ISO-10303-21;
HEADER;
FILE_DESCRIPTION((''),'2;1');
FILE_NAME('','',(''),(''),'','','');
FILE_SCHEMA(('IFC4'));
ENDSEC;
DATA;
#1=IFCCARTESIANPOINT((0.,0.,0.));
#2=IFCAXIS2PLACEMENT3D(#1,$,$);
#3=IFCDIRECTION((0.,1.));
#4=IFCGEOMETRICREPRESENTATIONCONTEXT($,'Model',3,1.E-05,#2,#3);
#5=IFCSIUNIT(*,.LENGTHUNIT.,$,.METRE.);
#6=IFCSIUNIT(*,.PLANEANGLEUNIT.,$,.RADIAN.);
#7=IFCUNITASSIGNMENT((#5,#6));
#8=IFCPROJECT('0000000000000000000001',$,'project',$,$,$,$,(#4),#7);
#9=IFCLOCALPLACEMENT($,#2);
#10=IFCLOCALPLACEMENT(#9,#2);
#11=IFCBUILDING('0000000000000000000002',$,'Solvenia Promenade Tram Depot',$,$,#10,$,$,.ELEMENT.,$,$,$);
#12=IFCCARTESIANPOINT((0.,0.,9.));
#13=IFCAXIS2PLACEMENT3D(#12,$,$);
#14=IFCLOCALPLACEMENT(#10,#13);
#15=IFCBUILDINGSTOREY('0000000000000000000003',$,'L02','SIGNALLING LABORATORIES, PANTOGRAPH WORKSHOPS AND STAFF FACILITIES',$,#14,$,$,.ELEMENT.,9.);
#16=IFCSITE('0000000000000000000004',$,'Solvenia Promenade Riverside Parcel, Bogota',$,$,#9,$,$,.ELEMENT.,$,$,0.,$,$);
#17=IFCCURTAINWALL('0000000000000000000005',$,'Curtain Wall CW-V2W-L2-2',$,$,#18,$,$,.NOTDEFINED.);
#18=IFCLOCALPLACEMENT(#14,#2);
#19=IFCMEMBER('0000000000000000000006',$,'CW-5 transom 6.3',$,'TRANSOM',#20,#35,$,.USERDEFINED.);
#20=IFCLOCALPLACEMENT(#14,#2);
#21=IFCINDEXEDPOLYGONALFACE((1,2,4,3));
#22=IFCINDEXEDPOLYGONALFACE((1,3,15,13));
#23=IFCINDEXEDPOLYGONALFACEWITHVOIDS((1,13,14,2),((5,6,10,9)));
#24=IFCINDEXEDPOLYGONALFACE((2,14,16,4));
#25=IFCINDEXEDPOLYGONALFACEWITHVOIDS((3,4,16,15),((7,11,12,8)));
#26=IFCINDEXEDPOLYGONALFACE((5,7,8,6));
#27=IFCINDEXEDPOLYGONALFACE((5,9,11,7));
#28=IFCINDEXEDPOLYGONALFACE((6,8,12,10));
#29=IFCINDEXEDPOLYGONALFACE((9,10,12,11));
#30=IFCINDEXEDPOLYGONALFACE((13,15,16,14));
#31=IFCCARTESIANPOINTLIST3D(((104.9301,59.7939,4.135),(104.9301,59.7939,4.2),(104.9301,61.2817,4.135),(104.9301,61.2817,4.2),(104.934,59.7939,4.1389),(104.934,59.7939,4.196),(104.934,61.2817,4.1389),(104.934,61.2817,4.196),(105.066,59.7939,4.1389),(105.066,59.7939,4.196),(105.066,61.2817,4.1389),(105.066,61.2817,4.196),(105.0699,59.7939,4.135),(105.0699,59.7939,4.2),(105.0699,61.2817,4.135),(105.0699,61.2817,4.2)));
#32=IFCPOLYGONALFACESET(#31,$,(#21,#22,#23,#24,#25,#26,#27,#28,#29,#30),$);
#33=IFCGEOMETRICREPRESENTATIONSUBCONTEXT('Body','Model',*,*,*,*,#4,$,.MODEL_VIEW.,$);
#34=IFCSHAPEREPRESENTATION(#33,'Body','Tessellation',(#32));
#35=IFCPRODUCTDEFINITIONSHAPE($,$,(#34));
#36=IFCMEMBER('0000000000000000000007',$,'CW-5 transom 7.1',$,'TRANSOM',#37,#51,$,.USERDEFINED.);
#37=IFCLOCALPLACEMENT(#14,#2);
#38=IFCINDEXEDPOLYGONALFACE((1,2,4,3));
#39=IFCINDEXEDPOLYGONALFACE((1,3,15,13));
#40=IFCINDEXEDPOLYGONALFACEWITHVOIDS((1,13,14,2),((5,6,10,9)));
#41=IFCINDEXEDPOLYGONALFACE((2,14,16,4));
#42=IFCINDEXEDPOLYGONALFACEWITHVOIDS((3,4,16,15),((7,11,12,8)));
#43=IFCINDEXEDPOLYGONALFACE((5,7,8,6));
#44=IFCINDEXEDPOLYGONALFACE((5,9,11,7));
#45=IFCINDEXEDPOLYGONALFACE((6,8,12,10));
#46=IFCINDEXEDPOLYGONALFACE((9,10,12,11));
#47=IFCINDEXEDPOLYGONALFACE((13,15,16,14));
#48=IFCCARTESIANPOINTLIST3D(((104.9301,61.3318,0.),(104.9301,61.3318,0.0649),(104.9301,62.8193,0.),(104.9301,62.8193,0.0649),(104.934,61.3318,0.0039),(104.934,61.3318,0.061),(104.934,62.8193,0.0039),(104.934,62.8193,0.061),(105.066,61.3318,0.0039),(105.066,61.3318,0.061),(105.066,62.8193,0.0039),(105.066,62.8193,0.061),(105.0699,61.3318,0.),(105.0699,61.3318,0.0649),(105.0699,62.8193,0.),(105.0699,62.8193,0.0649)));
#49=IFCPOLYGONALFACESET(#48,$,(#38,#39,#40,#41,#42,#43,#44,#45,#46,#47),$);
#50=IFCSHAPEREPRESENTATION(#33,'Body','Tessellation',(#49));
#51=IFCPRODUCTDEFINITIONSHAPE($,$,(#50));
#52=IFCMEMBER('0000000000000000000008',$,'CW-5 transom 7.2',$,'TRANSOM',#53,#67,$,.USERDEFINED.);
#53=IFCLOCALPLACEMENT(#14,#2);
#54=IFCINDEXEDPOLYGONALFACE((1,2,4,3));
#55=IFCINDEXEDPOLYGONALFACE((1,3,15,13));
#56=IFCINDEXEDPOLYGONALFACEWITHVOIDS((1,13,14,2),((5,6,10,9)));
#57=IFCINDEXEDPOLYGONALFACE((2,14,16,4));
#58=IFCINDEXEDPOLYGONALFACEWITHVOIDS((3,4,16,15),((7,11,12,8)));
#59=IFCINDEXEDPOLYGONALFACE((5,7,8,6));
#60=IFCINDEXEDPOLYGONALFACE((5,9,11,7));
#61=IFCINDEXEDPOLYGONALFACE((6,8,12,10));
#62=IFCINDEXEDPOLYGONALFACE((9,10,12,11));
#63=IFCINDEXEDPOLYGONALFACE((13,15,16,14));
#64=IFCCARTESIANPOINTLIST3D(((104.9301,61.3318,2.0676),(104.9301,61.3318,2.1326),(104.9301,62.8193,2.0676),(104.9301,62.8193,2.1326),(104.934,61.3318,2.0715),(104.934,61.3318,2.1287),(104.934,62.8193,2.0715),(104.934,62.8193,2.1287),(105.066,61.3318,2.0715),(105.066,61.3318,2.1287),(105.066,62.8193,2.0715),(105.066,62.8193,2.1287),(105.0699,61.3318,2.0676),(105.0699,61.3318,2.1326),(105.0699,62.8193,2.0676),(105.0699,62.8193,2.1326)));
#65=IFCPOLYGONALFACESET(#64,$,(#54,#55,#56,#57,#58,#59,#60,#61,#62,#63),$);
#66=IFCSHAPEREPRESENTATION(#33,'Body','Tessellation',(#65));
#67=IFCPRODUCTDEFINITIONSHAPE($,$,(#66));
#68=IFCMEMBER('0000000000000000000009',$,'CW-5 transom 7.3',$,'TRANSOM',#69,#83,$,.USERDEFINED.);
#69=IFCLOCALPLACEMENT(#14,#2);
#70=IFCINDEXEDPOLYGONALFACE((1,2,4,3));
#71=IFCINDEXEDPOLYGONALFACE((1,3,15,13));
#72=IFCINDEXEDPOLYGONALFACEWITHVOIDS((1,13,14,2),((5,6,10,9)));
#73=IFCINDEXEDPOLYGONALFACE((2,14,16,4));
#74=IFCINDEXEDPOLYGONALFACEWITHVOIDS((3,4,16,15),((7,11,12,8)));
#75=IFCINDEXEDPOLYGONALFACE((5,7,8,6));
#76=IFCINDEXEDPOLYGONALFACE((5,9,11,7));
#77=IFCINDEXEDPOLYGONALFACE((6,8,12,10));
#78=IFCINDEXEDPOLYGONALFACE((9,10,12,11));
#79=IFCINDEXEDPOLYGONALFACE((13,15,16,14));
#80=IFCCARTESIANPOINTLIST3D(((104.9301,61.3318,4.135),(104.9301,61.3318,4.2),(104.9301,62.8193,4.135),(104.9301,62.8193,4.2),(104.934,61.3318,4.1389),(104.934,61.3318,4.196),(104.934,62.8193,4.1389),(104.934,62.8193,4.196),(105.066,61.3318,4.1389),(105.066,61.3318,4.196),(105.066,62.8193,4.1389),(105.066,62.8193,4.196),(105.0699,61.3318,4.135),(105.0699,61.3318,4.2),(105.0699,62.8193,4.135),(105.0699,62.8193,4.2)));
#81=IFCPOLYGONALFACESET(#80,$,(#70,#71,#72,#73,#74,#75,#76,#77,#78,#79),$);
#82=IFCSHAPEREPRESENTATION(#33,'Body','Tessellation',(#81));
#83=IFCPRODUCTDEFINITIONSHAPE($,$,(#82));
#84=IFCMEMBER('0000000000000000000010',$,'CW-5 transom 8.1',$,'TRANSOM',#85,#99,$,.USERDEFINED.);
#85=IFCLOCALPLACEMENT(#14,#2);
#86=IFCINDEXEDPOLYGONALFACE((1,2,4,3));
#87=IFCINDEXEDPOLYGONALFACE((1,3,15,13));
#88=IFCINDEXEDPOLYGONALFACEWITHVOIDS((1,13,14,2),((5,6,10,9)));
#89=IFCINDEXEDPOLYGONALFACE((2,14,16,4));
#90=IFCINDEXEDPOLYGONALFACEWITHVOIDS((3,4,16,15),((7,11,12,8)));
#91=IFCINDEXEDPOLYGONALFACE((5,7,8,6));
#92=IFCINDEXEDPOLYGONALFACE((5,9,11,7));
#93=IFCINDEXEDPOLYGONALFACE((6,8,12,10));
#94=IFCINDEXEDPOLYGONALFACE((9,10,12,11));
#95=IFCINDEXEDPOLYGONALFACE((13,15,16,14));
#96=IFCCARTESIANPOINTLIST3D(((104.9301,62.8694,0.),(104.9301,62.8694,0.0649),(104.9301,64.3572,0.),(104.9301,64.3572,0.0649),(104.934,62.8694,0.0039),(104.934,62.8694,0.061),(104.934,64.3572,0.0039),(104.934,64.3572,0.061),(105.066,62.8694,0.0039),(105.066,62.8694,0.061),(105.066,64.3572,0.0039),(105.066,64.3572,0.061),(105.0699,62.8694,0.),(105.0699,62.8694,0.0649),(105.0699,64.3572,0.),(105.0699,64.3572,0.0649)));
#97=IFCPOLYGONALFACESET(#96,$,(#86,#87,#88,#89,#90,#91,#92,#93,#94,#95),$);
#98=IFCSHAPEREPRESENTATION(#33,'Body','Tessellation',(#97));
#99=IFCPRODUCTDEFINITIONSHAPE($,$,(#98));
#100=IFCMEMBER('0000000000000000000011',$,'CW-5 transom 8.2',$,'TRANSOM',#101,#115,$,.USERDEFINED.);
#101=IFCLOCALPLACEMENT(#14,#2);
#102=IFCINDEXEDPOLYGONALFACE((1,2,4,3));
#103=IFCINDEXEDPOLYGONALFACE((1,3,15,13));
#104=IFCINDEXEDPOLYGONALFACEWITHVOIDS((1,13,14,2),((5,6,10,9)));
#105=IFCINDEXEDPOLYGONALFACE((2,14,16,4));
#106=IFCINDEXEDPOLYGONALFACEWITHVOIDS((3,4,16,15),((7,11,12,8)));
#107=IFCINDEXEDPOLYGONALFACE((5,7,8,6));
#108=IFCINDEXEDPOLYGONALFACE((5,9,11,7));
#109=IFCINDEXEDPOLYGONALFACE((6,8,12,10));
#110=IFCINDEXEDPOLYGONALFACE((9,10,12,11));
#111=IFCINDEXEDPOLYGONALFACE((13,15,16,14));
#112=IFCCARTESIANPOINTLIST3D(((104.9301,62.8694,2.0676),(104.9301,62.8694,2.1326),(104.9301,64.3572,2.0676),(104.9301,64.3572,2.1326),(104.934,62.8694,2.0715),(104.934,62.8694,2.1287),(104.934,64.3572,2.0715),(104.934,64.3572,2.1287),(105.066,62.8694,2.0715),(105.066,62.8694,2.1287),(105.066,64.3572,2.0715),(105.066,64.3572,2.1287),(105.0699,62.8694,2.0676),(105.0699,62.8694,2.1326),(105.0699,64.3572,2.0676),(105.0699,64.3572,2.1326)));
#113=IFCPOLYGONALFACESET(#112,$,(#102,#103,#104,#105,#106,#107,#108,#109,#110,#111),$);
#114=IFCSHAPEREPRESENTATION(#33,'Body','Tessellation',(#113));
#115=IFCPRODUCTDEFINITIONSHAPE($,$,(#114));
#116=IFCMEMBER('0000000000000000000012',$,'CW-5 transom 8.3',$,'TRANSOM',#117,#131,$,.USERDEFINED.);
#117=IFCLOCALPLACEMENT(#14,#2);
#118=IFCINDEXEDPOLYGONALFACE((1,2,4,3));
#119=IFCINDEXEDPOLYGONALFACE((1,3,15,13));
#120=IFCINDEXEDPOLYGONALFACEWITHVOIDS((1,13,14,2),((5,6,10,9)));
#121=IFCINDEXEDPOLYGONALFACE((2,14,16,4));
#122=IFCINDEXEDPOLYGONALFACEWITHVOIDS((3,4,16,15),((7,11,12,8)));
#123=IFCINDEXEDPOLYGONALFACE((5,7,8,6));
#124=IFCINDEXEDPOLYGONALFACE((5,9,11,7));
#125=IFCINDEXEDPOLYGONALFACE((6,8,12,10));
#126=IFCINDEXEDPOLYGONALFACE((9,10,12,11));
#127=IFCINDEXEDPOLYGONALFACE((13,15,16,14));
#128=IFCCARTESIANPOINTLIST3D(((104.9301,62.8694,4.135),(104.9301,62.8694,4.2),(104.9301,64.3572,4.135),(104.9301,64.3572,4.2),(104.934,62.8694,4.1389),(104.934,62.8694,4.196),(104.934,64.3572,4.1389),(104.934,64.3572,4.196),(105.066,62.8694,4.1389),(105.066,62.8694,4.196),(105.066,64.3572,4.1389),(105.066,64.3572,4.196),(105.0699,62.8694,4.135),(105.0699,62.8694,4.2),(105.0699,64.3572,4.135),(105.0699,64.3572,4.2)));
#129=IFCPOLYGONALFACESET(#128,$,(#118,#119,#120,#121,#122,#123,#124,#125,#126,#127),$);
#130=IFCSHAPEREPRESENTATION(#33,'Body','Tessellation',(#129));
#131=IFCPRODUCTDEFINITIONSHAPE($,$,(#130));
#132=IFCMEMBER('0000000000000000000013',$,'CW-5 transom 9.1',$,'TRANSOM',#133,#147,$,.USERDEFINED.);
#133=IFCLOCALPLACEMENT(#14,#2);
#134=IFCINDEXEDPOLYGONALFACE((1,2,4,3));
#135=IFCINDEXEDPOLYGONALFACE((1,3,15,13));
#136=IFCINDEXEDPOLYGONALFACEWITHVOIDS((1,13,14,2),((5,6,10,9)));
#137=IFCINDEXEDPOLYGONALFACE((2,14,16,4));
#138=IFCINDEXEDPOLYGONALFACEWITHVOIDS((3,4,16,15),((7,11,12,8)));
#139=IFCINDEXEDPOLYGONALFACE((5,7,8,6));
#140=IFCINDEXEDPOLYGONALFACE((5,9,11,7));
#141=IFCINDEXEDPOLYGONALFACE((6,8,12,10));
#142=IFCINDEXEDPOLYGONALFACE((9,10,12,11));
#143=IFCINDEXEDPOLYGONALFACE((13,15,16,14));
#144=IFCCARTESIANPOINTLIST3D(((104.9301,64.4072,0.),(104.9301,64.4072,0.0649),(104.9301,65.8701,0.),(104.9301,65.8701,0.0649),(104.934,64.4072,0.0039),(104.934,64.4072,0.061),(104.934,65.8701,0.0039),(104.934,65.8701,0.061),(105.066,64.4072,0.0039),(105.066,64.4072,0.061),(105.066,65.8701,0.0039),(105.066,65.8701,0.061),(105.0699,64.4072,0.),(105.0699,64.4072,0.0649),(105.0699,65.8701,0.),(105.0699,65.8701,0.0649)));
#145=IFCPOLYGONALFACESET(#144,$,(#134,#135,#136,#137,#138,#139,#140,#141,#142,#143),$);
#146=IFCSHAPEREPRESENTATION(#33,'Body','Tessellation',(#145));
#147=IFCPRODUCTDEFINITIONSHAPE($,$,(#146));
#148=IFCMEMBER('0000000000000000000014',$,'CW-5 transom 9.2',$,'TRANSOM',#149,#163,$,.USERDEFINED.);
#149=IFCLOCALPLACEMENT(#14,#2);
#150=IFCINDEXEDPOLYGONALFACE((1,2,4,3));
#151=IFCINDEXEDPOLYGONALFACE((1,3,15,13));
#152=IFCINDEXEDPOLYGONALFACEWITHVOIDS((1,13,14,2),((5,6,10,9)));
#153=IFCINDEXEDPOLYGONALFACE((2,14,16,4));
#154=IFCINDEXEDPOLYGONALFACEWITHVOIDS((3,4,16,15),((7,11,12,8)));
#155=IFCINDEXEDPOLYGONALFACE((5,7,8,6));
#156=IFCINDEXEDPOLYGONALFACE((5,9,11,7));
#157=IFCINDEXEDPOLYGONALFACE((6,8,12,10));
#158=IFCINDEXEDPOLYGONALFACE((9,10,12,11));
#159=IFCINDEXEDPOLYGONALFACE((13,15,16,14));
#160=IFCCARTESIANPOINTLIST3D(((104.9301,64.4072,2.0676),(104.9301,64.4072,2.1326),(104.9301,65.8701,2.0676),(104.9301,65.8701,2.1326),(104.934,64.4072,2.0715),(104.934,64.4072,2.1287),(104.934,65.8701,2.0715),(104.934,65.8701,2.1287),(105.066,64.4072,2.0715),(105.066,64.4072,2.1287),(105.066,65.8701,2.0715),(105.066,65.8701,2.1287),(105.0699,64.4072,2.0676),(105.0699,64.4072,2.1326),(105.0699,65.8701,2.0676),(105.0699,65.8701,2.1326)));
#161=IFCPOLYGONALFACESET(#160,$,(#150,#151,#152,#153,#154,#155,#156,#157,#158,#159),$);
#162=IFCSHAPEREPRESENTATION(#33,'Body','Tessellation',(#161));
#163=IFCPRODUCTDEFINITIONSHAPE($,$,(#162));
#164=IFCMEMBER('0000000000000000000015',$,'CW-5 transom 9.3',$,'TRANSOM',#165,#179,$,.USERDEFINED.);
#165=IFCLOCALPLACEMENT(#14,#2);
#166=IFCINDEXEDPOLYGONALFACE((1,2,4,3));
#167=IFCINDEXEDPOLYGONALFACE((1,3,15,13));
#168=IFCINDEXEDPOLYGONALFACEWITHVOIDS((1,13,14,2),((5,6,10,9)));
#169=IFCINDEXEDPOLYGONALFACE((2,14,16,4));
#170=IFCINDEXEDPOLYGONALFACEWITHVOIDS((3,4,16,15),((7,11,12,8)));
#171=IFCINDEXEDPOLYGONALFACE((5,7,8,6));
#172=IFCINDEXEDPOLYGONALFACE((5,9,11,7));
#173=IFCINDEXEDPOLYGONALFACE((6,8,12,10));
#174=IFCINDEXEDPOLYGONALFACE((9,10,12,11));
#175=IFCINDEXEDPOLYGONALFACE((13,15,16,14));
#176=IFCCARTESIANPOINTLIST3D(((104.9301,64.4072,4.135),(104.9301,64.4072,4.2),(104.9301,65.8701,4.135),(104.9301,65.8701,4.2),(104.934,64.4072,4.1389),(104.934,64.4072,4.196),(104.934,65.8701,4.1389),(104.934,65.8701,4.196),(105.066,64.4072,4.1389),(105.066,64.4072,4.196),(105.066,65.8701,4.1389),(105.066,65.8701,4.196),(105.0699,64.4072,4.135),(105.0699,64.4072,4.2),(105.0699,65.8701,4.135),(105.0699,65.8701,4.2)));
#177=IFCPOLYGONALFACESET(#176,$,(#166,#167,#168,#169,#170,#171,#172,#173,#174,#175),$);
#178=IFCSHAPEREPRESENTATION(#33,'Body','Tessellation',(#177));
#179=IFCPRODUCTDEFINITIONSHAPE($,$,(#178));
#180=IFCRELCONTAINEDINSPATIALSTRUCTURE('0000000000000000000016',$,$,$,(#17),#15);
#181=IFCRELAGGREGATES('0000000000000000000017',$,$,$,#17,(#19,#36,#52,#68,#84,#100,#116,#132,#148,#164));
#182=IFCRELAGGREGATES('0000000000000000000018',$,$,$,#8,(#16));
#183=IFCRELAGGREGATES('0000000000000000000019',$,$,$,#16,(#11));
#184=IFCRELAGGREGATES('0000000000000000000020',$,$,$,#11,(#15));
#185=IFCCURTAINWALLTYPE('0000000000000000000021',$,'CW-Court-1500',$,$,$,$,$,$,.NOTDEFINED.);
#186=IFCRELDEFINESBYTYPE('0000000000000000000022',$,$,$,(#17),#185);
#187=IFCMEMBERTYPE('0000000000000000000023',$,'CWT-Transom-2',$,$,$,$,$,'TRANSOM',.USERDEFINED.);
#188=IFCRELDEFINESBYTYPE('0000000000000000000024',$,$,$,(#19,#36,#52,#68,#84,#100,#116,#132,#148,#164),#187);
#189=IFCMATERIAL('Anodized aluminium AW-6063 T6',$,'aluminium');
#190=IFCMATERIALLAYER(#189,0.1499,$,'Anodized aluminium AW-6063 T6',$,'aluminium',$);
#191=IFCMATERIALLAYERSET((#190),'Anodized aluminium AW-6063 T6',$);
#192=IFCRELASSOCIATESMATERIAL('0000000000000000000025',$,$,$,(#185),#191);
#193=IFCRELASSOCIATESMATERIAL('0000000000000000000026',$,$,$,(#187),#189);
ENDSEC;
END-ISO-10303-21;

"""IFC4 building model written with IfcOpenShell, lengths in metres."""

from ifc_helpers import new_model, si_unit, direction, frame, origin, origin_2d, place, context, subcontext, project, spatial, hollow_rectangle, extrude, material, layer, layer_set, material_profile, profile_set, type_object, element, aggregate, save


model = new_model("IFC4")

# Units and contexts
model_context = context("Model", 3, precision=1e-05, world=origin(), true_north=direction((0.0, 1.0)))
body_context = subcontext(model_context, "Body", "Model", "MODEL_VIEW")
ifc_project = project(units=[si_unit("LENGTHUNIT", "METRE"), si_unit("PLANEANGLEUNIT", "RADIAN")], contexts=[model_context])

# Site, building, storey
site_placement = place(None, origin())
site = spatial("IfcSite", under=ifc_project, at=site_placement, Name="Solvenia Promenade Riverside Parcel, Bogota", CompositionType="ELEMENT", RefElevation=0.0)
building_placement = place(site_placement, origin())
building = spatial("IfcBuilding", under=site, at=building_placement, Name="Solvenia Promenade Tram Depot", CompositionType="ELEMENT")
storey_placement = place(building_placement, frame((0.0, 0.0, 9.0)))
storey = spatial("IfcBuildingStorey", under=building, at=storey_placement, Name="L02", Description="SIGNALLING LABORATORIES, PANTOGRAPH WORKSHOPS AND STAFF FACILITIES", CompositionType="ELEMENT", Elevation=9.0)

# Curtain wall, members
ifc_material_1 = material(Name="Anodized aluminium AW-6063 T6", Category="aluminium")
ifc_layer_1 = layer(ifc_material_1, 0.1499, Name="Anodized aluminium AW-6063 T6", Category="aluminium")
ifc_layer_set_1 = layer_set([ifc_layer_1], Name="Anodized aluminium AW-6063 T6")
curtain_wall_type = type_object("IfcCurtainWallType", Name="CW-Court-1500", PredefinedType="NOTDEFINED", material=ifc_layer_set_1)
curtain_wall_placement = place(storey_placement, origin())
curtain_wall = element("IfcCurtainWall", 1, at=curtain_wall_placement, inside=storey, type_object=curtain_wall_type, Name="Curtain Wall CW-V2W-L2-2", PredefinedType="NOTDEFINED")
ifc_material_profile_1 = material_profile(ifc_material_1, hollow_rectangle(XDim=0.1399, YDim=0.0649, WallThickness=0.0039, at=origin_2d()), Name="ALU-T2", Category="aluminium")
ifc_profile_set_1 = profile_set([ifc_material_profile_1], Name="Anodized aluminium AW-6063 T6")
member_type_1 = type_object("IfcMemberType", Name="CWT-Transom-2", ElementType="TRANSOM", PredefinedType="USERDEFINED", material=ifc_profile_set_1)
member_1_placement = place(storey_placement, frame((105.0, 59.7939, 4.1675), z_axis=(0.0, 1.0, 0.0), x_axis=(-1.0, 0.0, 0.0)))
member_1 = element("IfcMember", 2, at=member_1_placement, type_object=member_type_1, Name="CW-5 transom 6.3", ObjectType="TRANSOM", PredefinedType="USERDEFINED", context=body_context, shape_type="SweptSolid", body=[
    extrude(hollow_rectangle(XDim=0.1399, YDim=0.0649, WallThickness=0.0039, at=origin_2d()), origin(), (0.0, 0.0, 1.0), 1.4878),
])
member_2_placement = place(storey_placement, frame((105.0, 61.3318, 0.0325), z_axis=(0.0, 1.0, 0.0), x_axis=(-1.0, 0.0, 0.0)))
member_2 = element("IfcMember", 3, at=member_2_placement, type_object=member_type_1, Name="CW-5 transom 7.1", ObjectType="TRANSOM", PredefinedType="USERDEFINED", context=body_context, shape_type="SweptSolid", body=[
    extrude(hollow_rectangle(XDim=0.1399, YDim=0.0649, WallThickness=0.0039, at=origin_2d()), origin(), (0.0, 0.0, 1.0), 1.4875),
])
member_3_placement = place(storey_placement, frame((105.0, 61.3318, 2.1001), z_axis=(0.0, 1.0, 0.0), x_axis=(-1.0, 0.0, 0.0)))
member_3 = element("IfcMember", 4, at=member_3_placement, type_object=member_type_1, Name="CW-5 transom 7.2", ObjectType="TRANSOM", PredefinedType="USERDEFINED", context=body_context, shape_type="SweptSolid", body=[
    extrude(hollow_rectangle(XDim=0.1399, YDim=0.0649, WallThickness=0.0039, at=origin_2d()), origin(), (0.0, 0.0, 1.0), 1.4875),
])
member_4_placement = place(storey_placement, frame((105.0, 61.3318, 4.1675), z_axis=(0.0, 1.0, 0.0), x_axis=(-1.0, 0.0, 0.0)))
member_4 = element("IfcMember", 5, at=member_4_placement, type_object=member_type_1, Name="CW-5 transom 7.3", ObjectType="TRANSOM", PredefinedType="USERDEFINED", context=body_context, shape_type="SweptSolid", body=[
    extrude(hollow_rectangle(XDim=0.1399, YDim=0.0649, WallThickness=0.0039, at=origin_2d()), origin(), (0.0, 0.0, 1.0), 1.4875),
])
member_5_placement = place(storey_placement, frame((105.0, 62.8694, 0.0325), z_axis=(0.0, 1.0, 0.0), x_axis=(-1.0, 0.0, 0.0)))
member_5 = element("IfcMember", 6, at=member_5_placement, type_object=member_type_1, Name="CW-5 transom 8.1", ObjectType="TRANSOM", PredefinedType="USERDEFINED", context=body_context, shape_type="SweptSolid", body=[
    extrude(hollow_rectangle(XDim=0.1399, YDim=0.0649, WallThickness=0.0039, at=origin_2d()), origin(), (0.0, 0.0, 1.0), 1.4878),
])
member_6_placement = place(storey_placement, frame((105.0, 62.8694, 2.1001), z_axis=(0.0, 1.0, 0.0), x_axis=(-1.0, 0.0, 0.0)))
member_6 = element("IfcMember", 7, at=member_6_placement, type_object=member_type_1, Name="CW-5 transom 8.2", ObjectType="TRANSOM", PredefinedType="USERDEFINED", context=body_context, shape_type="SweptSolid", body=[
    extrude(hollow_rectangle(XDim=0.1399, YDim=0.0649, WallThickness=0.0039, at=origin_2d()), origin(), (0.0, 0.0, 1.0), 1.4878),
])
member_7_placement = place(storey_placement, frame((105.0, 62.8694, 4.1675), z_axis=(0.0, 1.0, 0.0), x_axis=(-1.0, 0.0, 0.0)))
member_7 = element("IfcMember", 8, at=member_7_placement, type_object=member_type_1, Name="CW-5 transom 8.3", ObjectType="TRANSOM", PredefinedType="USERDEFINED", context=body_context, shape_type="SweptSolid", body=[
    extrude(hollow_rectangle(XDim=0.1399, YDim=0.0649, WallThickness=0.0039, at=origin_2d()), origin(), (0.0, 0.0, 1.0), 1.4878),
])
member_8_placement = place(storey_placement, frame((105.0, 64.4072, 0.0325), z_axis=(0.0, 1.0, 0.0), x_axis=(-1.0, 0.0, 0.0)))
member_8 = element("IfcMember", 9, at=member_8_placement, type_object=member_type_1, Name="CW-5 transom 9.1", ObjectType="TRANSOM", PredefinedType="USERDEFINED", context=body_context, shape_type="SweptSolid", body=[
    extrude(hollow_rectangle(XDim=0.1399, YDim=0.0649, WallThickness=0.0039, at=origin_2d()), origin(), (0.0, 0.0, 1.0), 1.4629),
])
member_9_placement = place(storey_placement, frame((105.0, 64.4072, 2.1001), z_axis=(0.0, 1.0, 0.0), x_axis=(-1.0, 0.0, 0.0)))
member_9 = element("IfcMember", 10, at=member_9_placement, type_object=member_type_1, Name="CW-5 transom 9.2", ObjectType="TRANSOM", PredefinedType="USERDEFINED", context=body_context, shape_type="SweptSolid", body=[
    extrude(hollow_rectangle(XDim=0.1399, YDim=0.0649, WallThickness=0.0039, at=origin_2d()), origin(), (0.0, 0.0, 1.0), 1.4629),
])
member_10_placement = place(storey_placement, frame((105.0, 64.4072, 4.1675), z_axis=(0.0, 1.0, 0.0), x_axis=(-1.0, 0.0, 0.0)))
member_10 = element("IfcMember", 11, at=member_10_placement, type_object=member_type_1, Name="CW-5 transom 9.3", ObjectType="TRANSOM", PredefinedType="USERDEFINED", context=body_context, shape_type="SweptSolid", body=[
    extrude(hollow_rectangle(XDim=0.1399, YDim=0.0649, WallThickness=0.0039, at=origin_2d()), origin(), (0.0, 0.0, 1.0), 1.4629),
])

aggregate(curtain_wall, [member_1, member_2, member_3, member_4, member_5, member_6, member_7, member_8, member_9, member_10])

save(model, "model.ifc")
